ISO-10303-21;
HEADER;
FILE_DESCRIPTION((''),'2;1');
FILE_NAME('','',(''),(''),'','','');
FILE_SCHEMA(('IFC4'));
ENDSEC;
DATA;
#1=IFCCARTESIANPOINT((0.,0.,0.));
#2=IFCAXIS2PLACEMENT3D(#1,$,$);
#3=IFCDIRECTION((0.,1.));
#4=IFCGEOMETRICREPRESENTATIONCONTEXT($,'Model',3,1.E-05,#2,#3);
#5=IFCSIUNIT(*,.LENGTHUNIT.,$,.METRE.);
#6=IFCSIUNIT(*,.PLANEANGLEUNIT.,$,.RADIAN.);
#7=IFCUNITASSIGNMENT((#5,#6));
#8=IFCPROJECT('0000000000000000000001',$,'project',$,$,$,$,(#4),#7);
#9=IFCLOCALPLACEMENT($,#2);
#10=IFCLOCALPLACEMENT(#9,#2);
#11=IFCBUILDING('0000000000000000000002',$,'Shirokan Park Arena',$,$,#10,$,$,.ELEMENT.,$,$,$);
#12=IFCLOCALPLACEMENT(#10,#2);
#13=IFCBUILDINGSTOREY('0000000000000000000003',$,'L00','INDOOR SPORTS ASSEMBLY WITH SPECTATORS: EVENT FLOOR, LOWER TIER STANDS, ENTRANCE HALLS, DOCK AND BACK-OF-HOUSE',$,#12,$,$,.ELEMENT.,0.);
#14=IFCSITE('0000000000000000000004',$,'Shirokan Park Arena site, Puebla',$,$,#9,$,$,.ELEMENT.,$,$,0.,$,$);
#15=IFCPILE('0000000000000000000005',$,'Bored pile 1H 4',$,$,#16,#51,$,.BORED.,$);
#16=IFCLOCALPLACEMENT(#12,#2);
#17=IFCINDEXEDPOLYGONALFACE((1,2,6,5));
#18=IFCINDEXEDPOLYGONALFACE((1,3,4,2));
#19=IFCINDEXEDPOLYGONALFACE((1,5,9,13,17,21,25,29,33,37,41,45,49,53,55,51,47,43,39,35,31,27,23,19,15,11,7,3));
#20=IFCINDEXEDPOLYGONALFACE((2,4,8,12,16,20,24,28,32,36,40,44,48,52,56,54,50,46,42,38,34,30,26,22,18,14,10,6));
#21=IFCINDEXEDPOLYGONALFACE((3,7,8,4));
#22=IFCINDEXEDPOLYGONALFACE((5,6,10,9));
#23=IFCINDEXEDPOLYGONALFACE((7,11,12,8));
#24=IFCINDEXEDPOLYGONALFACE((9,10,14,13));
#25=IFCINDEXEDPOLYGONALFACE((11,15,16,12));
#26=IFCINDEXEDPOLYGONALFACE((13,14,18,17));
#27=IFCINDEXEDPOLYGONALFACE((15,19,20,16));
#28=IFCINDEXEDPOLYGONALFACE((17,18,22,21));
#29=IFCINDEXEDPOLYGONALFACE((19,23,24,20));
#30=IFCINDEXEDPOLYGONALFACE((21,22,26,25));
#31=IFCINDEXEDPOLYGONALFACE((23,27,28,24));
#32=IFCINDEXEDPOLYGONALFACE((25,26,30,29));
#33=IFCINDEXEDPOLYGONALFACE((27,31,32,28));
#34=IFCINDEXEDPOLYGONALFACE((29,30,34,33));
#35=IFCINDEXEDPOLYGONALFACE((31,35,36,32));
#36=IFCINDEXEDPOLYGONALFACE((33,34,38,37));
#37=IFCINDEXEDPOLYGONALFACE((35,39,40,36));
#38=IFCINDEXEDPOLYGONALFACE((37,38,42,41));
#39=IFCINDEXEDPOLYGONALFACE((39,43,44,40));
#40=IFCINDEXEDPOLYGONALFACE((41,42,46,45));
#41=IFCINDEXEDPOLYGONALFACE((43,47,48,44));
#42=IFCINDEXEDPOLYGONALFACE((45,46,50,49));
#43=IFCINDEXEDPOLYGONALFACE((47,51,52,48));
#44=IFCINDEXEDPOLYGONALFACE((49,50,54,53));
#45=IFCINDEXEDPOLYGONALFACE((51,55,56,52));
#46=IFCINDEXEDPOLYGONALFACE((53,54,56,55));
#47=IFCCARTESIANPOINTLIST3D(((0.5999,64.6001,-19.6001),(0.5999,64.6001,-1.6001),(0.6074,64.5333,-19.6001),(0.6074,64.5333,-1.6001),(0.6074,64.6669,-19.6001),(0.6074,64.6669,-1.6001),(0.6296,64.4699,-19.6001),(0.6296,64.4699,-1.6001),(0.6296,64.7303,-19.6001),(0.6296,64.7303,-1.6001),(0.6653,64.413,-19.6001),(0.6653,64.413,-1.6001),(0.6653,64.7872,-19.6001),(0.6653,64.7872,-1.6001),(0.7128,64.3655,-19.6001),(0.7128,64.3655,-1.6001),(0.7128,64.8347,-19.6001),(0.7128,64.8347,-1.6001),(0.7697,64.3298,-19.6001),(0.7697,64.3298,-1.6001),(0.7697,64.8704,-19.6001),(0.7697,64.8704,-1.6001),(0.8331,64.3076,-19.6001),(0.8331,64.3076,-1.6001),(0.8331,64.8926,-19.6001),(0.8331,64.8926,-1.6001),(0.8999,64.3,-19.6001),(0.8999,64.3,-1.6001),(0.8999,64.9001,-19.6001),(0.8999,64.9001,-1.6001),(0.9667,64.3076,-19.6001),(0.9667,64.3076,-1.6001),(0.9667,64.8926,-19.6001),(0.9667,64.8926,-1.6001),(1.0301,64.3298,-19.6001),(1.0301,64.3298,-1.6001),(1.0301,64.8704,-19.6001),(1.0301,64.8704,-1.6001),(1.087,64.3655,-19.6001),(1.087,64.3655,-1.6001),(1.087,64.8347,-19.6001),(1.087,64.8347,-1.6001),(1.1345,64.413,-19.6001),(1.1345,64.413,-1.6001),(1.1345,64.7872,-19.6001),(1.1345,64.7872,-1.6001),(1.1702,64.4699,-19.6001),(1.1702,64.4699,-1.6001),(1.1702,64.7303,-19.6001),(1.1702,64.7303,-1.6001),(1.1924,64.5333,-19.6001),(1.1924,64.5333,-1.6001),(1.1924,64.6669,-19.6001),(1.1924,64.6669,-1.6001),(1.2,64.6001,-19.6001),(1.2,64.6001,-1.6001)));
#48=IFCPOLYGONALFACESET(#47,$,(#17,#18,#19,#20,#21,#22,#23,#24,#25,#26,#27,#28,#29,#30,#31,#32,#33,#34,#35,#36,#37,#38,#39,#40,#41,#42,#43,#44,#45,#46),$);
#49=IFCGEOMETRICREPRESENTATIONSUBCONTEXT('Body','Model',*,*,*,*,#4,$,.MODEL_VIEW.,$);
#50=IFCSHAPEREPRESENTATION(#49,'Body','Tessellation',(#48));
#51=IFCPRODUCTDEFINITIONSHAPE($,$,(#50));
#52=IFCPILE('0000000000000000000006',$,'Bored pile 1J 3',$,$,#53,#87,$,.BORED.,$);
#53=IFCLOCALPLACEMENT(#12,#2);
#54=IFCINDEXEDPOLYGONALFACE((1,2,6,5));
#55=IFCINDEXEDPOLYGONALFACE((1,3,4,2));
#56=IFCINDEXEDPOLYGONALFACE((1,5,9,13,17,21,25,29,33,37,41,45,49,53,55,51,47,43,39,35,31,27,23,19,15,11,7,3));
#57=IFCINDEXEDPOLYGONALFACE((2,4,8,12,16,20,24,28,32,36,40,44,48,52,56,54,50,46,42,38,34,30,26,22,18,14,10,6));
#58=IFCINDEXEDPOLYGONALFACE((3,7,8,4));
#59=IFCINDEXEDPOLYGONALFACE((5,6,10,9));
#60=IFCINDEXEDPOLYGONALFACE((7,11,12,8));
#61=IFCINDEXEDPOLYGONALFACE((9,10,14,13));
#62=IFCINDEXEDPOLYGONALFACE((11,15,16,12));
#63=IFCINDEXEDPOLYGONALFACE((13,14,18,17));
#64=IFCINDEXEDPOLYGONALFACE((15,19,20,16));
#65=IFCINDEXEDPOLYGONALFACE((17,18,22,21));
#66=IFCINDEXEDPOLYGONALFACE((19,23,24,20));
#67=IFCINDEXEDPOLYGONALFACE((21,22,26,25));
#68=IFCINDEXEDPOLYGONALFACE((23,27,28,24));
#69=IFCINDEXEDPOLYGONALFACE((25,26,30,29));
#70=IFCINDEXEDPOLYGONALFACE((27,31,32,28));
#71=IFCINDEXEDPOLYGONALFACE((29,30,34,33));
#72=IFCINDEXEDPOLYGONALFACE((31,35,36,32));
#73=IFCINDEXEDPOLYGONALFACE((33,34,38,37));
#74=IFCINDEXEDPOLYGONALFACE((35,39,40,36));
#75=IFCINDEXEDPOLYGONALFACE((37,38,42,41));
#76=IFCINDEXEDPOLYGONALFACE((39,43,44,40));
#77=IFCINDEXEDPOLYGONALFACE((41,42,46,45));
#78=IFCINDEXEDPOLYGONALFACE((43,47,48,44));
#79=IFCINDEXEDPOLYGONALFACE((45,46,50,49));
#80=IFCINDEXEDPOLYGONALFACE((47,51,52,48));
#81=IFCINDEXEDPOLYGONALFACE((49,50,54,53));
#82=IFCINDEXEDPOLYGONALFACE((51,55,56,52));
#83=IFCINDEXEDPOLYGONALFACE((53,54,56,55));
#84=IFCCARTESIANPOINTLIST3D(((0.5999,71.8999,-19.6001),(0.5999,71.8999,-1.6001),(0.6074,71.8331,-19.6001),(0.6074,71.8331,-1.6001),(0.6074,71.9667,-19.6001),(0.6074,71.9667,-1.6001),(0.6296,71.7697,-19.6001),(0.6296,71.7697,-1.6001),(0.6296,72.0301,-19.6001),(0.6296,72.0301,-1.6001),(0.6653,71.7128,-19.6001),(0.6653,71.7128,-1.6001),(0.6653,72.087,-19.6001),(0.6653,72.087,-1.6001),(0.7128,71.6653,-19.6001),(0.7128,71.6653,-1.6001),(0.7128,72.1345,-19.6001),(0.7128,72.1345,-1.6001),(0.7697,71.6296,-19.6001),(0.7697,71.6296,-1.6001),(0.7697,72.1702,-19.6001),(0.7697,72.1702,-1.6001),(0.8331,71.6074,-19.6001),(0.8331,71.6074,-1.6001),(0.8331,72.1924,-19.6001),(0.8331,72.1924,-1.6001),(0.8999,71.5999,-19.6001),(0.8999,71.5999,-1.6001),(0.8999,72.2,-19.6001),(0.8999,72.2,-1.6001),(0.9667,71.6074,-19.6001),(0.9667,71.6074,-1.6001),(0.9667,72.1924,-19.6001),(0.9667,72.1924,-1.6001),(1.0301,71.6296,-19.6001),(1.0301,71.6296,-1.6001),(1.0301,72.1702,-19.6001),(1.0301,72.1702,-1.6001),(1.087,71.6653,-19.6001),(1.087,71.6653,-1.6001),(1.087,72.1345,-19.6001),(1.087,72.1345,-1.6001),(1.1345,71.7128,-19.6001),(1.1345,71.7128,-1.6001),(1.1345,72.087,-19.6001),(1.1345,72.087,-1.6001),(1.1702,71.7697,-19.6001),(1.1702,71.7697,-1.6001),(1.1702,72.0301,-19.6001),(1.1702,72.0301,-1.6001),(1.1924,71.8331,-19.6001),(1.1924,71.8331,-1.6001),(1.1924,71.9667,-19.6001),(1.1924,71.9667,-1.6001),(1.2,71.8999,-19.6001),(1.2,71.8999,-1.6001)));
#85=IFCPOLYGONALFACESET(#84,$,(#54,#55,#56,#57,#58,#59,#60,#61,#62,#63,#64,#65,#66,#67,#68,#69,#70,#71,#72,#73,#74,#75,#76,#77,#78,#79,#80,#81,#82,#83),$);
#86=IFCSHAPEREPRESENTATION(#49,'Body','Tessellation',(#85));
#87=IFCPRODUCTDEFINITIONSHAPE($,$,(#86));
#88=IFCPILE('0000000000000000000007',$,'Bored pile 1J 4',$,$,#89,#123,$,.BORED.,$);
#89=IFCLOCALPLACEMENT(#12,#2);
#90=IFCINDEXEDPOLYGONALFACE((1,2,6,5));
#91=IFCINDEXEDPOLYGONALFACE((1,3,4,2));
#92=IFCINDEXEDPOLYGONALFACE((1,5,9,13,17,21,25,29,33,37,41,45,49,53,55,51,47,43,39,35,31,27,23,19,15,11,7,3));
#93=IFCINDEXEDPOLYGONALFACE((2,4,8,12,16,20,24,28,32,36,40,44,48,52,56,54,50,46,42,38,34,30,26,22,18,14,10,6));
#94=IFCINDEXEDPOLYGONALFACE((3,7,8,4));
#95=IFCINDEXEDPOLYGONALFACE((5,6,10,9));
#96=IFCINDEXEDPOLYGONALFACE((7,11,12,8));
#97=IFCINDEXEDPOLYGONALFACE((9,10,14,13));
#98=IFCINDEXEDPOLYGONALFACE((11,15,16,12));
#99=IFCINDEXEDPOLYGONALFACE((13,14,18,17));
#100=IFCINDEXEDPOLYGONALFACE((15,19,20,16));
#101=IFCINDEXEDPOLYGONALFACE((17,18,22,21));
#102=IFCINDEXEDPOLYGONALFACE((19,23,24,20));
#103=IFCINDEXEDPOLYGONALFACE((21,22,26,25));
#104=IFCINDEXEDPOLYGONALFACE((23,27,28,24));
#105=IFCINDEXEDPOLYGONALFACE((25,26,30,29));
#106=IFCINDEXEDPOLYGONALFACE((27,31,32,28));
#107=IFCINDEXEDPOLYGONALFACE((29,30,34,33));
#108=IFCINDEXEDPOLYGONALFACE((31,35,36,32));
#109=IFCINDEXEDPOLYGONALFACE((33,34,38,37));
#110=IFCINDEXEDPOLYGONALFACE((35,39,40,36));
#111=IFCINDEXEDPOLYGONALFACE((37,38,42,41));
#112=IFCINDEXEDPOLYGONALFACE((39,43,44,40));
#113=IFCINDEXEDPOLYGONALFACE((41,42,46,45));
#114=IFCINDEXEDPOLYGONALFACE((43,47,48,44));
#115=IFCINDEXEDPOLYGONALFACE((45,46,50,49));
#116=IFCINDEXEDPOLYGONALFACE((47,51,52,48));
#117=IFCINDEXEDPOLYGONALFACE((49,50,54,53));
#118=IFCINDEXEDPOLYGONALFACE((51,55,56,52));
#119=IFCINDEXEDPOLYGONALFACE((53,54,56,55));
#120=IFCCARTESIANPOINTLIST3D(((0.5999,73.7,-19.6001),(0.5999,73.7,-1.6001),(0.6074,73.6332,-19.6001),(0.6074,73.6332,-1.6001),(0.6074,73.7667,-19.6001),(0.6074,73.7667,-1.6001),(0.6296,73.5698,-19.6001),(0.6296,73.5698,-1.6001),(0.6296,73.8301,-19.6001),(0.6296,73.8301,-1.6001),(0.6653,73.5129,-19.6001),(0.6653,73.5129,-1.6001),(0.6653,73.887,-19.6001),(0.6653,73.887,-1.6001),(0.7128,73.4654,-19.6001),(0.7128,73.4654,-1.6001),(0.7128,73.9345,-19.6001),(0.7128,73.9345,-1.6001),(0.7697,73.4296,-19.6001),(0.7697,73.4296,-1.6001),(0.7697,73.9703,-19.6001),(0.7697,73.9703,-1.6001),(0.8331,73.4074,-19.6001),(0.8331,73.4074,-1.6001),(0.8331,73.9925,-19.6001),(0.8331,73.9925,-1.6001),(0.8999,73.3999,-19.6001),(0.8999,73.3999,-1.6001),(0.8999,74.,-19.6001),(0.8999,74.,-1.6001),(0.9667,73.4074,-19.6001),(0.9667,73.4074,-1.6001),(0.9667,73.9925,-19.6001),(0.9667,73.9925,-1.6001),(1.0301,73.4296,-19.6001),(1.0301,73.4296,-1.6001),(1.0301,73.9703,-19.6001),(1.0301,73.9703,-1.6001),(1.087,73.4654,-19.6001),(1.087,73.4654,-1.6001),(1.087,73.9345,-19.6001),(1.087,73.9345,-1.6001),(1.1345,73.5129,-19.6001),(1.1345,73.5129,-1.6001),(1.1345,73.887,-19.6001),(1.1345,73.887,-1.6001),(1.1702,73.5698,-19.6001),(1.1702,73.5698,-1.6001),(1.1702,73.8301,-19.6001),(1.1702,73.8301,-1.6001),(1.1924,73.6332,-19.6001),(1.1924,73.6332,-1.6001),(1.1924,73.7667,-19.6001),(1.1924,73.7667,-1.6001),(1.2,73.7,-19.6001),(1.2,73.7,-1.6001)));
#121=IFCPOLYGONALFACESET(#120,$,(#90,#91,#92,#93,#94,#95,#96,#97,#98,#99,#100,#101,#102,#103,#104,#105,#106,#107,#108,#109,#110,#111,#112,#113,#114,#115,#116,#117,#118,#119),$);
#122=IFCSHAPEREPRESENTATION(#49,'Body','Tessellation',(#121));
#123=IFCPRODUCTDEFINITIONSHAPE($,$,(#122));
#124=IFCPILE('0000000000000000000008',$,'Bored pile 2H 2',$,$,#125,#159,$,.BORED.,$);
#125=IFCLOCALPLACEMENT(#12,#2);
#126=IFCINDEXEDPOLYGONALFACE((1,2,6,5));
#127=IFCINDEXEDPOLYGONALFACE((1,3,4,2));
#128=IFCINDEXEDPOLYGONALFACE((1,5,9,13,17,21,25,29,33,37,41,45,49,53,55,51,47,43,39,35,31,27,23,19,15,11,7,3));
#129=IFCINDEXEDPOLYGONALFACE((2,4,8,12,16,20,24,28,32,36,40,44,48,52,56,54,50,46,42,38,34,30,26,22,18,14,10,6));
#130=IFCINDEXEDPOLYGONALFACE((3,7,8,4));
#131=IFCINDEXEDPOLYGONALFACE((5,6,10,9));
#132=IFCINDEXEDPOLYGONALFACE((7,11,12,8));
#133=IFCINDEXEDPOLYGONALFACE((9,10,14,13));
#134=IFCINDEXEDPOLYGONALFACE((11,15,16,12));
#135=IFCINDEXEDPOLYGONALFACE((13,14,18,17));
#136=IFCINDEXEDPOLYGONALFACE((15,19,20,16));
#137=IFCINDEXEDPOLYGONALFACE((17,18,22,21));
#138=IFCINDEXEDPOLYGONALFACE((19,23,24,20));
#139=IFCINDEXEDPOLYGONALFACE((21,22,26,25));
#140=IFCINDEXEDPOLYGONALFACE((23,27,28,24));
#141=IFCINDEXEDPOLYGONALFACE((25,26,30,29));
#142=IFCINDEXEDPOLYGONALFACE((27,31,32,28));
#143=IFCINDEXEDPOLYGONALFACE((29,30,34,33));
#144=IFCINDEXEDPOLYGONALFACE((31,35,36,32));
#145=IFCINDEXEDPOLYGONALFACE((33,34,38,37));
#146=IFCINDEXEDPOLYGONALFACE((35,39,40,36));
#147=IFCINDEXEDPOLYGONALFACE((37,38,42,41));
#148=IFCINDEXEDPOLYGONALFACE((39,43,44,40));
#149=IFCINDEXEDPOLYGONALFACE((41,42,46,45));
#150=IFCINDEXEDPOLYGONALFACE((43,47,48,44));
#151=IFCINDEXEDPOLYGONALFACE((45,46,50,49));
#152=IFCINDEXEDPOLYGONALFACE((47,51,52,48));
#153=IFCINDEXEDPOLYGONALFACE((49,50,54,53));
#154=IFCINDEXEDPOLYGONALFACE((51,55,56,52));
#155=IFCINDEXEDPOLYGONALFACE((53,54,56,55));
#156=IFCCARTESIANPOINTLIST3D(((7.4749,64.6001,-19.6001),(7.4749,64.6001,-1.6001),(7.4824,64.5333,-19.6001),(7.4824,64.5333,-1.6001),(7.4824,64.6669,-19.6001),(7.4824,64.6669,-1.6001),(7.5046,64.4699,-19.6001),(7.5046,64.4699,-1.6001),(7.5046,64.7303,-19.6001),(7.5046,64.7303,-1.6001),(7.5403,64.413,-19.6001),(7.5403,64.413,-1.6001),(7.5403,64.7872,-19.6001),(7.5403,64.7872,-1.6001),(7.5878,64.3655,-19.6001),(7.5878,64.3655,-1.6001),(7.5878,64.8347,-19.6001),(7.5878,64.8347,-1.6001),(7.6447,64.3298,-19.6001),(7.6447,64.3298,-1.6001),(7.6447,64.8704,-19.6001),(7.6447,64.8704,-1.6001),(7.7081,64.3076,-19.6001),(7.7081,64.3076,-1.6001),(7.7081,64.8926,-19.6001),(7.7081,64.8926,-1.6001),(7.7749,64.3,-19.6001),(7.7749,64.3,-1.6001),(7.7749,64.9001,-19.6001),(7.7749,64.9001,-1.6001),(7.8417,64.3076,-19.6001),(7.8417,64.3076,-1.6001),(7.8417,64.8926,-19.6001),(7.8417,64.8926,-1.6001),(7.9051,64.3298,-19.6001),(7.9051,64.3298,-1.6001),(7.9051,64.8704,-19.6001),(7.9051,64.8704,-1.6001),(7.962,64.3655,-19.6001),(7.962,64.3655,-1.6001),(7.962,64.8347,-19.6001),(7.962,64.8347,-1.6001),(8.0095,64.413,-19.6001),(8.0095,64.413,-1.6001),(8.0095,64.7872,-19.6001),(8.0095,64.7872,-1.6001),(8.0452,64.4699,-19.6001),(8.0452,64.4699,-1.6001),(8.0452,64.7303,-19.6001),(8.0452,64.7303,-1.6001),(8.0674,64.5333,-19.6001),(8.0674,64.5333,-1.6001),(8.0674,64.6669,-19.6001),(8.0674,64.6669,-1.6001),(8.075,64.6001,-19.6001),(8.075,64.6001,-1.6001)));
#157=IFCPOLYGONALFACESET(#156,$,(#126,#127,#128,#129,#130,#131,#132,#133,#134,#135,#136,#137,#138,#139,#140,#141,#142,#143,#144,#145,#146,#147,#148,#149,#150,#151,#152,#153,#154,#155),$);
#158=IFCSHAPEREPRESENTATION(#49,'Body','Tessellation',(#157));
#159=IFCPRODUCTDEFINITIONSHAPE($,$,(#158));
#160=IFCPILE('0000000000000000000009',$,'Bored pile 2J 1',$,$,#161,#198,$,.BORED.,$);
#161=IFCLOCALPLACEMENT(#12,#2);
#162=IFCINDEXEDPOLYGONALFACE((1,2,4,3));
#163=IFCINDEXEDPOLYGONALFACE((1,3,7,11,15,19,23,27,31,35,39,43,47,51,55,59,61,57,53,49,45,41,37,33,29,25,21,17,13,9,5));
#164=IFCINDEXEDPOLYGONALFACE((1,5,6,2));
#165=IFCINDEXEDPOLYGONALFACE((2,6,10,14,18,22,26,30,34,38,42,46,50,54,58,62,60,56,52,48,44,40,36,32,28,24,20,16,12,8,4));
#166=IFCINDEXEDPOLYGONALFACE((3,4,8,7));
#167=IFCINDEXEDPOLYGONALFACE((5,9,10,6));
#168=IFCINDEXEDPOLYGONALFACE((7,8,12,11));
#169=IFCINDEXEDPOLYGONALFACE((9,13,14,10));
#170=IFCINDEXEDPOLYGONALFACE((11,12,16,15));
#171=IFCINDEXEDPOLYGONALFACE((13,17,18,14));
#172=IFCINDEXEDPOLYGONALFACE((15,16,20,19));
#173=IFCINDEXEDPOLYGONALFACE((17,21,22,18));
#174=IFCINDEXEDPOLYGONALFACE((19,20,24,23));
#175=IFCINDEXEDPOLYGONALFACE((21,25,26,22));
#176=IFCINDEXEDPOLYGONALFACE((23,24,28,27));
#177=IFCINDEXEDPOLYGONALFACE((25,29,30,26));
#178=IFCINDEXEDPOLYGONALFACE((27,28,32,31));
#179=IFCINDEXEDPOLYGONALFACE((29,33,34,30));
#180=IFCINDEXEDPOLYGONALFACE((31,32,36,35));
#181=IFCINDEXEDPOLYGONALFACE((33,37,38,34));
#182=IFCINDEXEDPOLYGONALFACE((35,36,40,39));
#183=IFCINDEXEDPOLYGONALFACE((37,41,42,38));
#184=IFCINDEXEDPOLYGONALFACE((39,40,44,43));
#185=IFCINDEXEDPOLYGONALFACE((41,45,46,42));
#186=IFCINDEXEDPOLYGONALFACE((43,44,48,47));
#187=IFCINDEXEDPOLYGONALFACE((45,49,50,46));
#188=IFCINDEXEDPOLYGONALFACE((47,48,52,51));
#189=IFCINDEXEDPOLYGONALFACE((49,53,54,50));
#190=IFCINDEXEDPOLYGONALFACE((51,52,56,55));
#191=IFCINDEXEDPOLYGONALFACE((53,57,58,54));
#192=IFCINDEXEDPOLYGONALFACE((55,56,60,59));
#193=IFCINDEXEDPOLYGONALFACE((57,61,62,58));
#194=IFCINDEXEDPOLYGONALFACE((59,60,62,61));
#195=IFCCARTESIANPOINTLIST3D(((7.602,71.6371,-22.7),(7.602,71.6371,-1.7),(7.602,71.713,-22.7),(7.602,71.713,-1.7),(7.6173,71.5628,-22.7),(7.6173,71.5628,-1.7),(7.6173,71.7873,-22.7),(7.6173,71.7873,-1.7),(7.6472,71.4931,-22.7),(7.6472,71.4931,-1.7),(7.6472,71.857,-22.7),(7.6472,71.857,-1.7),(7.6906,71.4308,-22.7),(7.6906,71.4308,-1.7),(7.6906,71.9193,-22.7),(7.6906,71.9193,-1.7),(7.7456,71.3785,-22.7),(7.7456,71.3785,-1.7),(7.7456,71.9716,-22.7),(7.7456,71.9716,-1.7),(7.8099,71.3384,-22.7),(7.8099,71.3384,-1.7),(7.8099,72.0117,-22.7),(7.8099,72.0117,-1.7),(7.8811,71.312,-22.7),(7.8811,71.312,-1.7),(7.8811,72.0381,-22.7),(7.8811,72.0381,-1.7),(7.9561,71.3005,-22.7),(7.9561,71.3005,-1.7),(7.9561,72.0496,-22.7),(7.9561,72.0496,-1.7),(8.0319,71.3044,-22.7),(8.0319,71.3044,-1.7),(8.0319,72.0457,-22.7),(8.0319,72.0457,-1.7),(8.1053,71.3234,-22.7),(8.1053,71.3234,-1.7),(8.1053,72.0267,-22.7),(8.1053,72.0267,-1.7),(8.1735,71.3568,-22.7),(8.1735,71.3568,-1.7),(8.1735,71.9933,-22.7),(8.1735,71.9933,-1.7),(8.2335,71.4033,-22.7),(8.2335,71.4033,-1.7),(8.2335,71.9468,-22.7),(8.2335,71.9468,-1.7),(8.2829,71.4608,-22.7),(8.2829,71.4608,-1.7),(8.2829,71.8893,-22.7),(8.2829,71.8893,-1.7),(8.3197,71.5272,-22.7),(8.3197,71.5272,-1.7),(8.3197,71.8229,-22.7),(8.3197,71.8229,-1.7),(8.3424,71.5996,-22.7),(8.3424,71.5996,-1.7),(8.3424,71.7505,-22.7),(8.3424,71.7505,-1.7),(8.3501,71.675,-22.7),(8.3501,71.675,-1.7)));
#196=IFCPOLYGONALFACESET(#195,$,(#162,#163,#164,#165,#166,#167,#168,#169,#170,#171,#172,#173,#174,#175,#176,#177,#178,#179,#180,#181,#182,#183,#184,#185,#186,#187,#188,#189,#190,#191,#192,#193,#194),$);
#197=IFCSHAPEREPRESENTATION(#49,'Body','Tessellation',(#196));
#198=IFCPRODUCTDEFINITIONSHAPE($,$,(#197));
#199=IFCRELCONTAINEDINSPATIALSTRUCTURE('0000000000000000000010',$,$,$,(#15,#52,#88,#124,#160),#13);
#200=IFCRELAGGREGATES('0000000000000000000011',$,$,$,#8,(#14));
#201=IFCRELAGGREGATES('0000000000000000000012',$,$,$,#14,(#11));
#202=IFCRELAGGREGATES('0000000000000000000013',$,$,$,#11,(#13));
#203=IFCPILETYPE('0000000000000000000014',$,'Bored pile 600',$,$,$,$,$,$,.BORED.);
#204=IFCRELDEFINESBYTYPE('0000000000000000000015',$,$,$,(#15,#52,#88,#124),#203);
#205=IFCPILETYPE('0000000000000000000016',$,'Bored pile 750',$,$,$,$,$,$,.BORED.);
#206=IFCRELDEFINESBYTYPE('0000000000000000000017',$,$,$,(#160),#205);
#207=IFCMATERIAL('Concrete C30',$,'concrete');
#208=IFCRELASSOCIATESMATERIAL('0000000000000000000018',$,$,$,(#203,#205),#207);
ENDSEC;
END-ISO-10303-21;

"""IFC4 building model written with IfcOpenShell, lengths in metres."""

from ifc_helpers import new_model, si_unit, direction, frame, origin, origin_2d, place, context, subcontext, project, spatial, circle, extrude, material, material_profile, profile_set, type_object, element, save


model = new_model("IFC4")

# Units and contexts
model_context = context("Model", 3, precision=1e-05, world=origin(), true_north=direction((0.0, 1.0)))
body_context = subcontext(model_context, "Body", "Model", "MODEL_VIEW")
ifc_project = project(units=[si_unit("LENGTHUNIT", "METRE"), si_unit("PLANEANGLEUNIT", "RADIAN")], contexts=[model_context])

# Site, building, storey
site_placement = place(None, origin())
site = spatial("IfcSite", under=ifc_project, at=site_placement, Name="Shirokan Park Arena site, Puebla", CompositionType="ELEMENT", RefElevation=0.0)
building_placement = place(site_placement, origin())
building = spatial("IfcBuilding", under=site, at=building_placement, Name="Shirokan Park Arena", CompositionType="ELEMENT")
storey_placement = place(building_placement, origin())
storey = spatial("IfcBuildingStorey", under=building, at=storey_placement, Name="L00", Description="INDOOR SPORTS ASSEMBLY WITH SPECTATORS: EVENT FLOOR, LOWER TIER STANDS, ENTRANCE HALLS, DOCK AND BACK-OF-HOUSE", CompositionType="ELEMENT", Elevation=0.0)

# Piles
ifc_material_1 = material(Name="Concrete C30", Category="concrete")
ifc_material_profile_1 = material_profile(ifc_material_1, circle(Radius=0.3, at=origin_2d()), Name="D600")
ifc_profile_set_1 = profile_set([ifc_material_profile_1], Name="Concrete C30")
pile_type_1 = type_object("IfcPileType", Name="Bored pile 600", PredefinedType="BORED", material=ifc_profile_set_1)
for number, where, z_axis, x_axis, name in (
    (1, (0.8999, 64.6001, -1.6001), (0.0, 0.0, -1.0), (1.0, 0.0, 0.0), "Bored pile 1H 4"),
    (2, (0.8999, 71.8999, -1.6001), (0.0, 0.0, -1.0), (1.0, 0.0, 0.0), "Bored pile 1J 3"),
    (3, (0.8999, 73.7, -1.6001), (0.0, 0.0, -1.0), (1.0, 0.0, 0.0), "Bored pile 1J 4"),
    (4, (7.7749, 64.6001, -1.6001), (0.0, 0.0, -1.0), (1.0, 0.0, 0.0), "Bored pile 2H 2"),
):
    element("IfcPile", number, at=place(storey_placement, frame(where, z_axis=z_axis, x_axis=x_axis)), inside=storey, type_object=pile_type_1, Name=name, PredefinedType="BORED", context=body_context, shape_type="SweptSolid", body=[
        extrude(circle(Radius=0.3, at=origin_2d()), origin(), (0.0, 0.0, 1.0), 18.0),
    ])
ifc_material_profile_2 = material_profile(ifc_material_1, circle(Radius=0.375, at=origin_2d()), Name="D750")
ifc_profile_set_2 = profile_set([ifc_material_profile_2], Name="Concrete C30")
pile_type_2 = type_object("IfcPileType", Name="Bored pile 750", PredefinedType="BORED", material=ifc_profile_set_2)
for number, where, z_axis, x_axis, name in (
    (5, (7.9751, 71.675, -1.7), (0.0, 0.0, -1.0), (1.0, 0.0, 0.0), "Bored pile 2J 1"),
):
    element("IfcPile", number, at=place(storey_placement, frame(where, z_axis=z_axis, x_axis=x_axis)), inside=storey, type_object=pile_type_2, Name=name, PredefinedType="BORED", context=body_context, shape_type="SweptSolid", body=[
        extrude(circle(Radius=0.375, at=origin_2d()), origin(), (0.0, 0.0, 1.0), 21.0),
    ])

save(model, "model.ifc")
